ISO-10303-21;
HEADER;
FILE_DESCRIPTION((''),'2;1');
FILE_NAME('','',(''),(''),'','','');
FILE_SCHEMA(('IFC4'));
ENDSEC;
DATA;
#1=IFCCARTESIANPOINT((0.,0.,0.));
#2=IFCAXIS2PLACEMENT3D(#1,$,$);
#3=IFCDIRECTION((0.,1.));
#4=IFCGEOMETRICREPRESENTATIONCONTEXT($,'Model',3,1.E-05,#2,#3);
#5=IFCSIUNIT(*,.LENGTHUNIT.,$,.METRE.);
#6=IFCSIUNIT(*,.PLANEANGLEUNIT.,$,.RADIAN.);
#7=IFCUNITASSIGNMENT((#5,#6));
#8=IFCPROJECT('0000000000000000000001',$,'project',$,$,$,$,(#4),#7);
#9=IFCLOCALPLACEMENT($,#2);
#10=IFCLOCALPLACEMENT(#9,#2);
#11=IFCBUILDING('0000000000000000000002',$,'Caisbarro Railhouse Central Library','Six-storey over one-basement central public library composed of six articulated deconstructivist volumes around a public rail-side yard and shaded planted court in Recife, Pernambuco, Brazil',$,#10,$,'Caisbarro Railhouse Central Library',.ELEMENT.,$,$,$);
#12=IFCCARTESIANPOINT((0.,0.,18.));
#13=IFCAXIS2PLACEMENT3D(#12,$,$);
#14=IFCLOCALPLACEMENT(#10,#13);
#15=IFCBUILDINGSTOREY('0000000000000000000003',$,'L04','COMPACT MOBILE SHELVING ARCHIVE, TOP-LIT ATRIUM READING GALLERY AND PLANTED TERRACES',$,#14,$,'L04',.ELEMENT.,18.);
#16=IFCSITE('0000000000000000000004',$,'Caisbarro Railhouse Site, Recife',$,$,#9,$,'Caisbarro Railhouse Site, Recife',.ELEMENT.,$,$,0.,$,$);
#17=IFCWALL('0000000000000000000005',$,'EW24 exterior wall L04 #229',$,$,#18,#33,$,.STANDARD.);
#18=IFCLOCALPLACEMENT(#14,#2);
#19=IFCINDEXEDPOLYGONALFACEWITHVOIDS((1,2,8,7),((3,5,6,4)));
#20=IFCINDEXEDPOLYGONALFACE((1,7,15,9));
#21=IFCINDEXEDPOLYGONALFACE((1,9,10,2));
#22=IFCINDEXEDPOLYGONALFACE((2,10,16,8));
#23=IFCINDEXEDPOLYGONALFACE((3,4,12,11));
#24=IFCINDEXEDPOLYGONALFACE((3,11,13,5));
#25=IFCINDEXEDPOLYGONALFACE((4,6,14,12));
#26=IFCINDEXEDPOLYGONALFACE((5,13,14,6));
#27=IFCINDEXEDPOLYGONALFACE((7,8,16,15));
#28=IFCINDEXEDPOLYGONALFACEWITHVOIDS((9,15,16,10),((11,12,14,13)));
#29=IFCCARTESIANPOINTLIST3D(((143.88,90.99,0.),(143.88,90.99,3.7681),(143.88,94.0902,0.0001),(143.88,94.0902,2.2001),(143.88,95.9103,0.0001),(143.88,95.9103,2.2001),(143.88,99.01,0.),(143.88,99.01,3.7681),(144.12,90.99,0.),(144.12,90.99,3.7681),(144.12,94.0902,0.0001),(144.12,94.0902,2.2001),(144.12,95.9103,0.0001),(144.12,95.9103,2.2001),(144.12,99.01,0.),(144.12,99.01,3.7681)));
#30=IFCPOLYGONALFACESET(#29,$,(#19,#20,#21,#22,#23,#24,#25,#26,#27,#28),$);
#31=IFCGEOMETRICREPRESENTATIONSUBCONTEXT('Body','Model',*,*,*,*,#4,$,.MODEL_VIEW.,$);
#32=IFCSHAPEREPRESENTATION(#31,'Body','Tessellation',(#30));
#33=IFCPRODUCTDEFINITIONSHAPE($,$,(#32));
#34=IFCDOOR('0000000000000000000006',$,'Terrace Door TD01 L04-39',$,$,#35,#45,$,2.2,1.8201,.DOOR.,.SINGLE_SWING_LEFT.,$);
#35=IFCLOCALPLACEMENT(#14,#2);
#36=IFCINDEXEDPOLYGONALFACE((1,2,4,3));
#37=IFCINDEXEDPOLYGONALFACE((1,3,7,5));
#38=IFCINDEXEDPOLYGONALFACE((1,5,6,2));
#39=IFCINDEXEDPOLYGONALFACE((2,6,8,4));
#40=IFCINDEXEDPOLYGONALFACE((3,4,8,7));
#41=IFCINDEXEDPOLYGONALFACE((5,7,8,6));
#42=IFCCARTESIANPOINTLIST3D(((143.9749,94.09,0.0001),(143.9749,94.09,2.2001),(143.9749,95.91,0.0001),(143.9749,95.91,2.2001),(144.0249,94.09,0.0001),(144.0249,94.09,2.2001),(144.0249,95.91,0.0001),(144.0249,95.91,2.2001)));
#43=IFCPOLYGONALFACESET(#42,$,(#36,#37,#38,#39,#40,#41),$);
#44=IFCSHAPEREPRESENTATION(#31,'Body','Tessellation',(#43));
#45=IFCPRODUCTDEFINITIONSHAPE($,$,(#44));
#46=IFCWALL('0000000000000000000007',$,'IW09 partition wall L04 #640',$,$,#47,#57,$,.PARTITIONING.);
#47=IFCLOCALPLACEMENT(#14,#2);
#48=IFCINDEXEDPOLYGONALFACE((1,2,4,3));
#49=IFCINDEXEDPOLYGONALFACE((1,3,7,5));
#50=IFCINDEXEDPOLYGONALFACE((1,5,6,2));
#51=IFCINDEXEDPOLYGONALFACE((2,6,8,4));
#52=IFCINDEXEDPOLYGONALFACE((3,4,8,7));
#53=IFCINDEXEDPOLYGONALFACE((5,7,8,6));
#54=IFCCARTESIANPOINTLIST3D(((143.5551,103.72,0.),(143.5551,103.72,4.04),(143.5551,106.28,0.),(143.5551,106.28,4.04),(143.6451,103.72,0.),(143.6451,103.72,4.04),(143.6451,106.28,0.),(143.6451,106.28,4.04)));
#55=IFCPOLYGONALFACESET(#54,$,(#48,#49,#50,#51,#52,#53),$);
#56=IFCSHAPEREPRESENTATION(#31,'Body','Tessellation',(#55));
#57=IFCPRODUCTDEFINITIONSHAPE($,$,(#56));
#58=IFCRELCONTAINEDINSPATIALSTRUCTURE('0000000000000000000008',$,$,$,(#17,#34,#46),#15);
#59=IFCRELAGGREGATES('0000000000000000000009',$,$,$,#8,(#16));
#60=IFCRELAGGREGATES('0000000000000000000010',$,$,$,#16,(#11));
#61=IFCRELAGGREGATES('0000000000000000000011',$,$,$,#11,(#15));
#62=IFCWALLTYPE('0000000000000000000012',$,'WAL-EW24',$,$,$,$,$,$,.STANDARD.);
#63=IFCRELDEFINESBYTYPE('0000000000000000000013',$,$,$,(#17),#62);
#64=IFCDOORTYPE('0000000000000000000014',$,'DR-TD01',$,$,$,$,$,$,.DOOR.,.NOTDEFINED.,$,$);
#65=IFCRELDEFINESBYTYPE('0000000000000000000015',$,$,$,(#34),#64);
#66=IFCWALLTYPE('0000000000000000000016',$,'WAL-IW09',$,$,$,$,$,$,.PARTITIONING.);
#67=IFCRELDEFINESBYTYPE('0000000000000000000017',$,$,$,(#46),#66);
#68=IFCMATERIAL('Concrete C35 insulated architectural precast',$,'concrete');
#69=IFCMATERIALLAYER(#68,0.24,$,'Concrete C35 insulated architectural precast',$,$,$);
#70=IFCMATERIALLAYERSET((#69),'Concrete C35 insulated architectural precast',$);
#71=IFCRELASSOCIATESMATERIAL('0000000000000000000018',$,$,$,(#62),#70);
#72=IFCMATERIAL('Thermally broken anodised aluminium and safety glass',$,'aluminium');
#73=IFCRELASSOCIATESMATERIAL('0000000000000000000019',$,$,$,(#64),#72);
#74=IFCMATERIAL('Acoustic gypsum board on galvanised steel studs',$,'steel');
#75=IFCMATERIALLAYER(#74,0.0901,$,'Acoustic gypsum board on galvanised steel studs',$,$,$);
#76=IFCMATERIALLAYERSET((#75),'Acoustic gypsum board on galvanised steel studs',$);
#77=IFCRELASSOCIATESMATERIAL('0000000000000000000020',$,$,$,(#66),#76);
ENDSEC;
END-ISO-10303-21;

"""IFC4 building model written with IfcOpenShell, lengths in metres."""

from ifc_helpers import new_model, si_unit, direction, frame, frame_2d, origin, place, context, subcontext, project, spatial, rectangle, extrude, material, layer, layer_set, type_object, element, fill, save


model = new_model("IFC4")

# Units and contexts
model_context = context("Model", 3, precision=1e-05, world=origin(), true_north=direction((0.0, 1.0)))
body_context = subcontext(model_context, "Body", "Model", "MODEL_VIEW")
ifc_project = project(units=[si_unit("LENGTHUNIT", "METRE"), si_unit("PLANEANGLEUNIT", "RADIAN")], contexts=[model_context])

# Site, building, storey
site_placement = place(None, origin())
site = spatial("IfcSite", under=ifc_project, at=site_placement, Name="Caisbarro Railhouse Site, Recife", LongName="Caisbarro Railhouse Site, Recife", CompositionType="ELEMENT", RefElevation=0.0)
building_placement = place(site_placement, origin())
building = spatial("IfcBuilding", under=site, at=building_placement, Name="Caisbarro Railhouse Central Library", Description="Six-storey over one-basement central public library composed of six articulated deconstructivist volumes around a public rail-side yard and shaded planted court in Recife, Pernambuco, Brazil", LongName="Caisbarro Railhouse Central Library", CompositionType="ELEMENT")
storey_placement = place(building_placement, frame((0.0, 0.0, 18.0)))
storey = spatial("IfcBuildingStorey", under=building, at=storey_placement, Name="L04", Description="COMPACT MOBILE SHELVING ARCHIVE, TOP-LIT ATRIUM READING GALLERY AND PLANTED TERRACES", LongName="L04", CompositionType="ELEMENT", Elevation=18.0)

# Wall, opening, door
ifc_material_1 = material(Name="Concrete C35 insulated architectural precast", Category="concrete")
ifc_layer_1 = layer(ifc_material_1, 0.24, Name="Concrete C35 insulated architectural precast")
ifc_layer_set_1 = layer_set([ifc_layer_1], Name="Concrete C35 insulated architectural precast")
wall_type_1 = type_object("IfcWallType", Name="WAL-EW24", PredefinedType="STANDARD", material=ifc_layer_set_1)
wall_1_placement = place(storey_placement, frame((144.0, 90.99, 0.0), z_axis=(0.0, 0.0, 1.0), x_axis=(0.0, 1.0, 0.0)))
wall_1 = element("IfcWall", 1, at=wall_1_placement, inside=storey, type_object=wall_type_1, Name="EW24 exterior wall L04 #229", PredefinedType="STANDARD", context=body_context, shape_type="SweptSolid", body=[
    extrude(rectangle(XDim=8.02, YDim=0.24, at=frame_2d((4.01, 0.0))), origin(), (0.0, 0.0, 1.0), 3.7681),
])
opening_placement = place(wall_1_placement, frame((3.1001, 0.0, 0.0)))
opening = element("IfcOpeningElement", 2, at=opening_placement, cuts=wall_1, PredefinedType="OPENING", context=body_context, shape_type="SweptSolid", body=[
    extrude(rectangle(XDim=1.8201, YDim=2.2, at=frame_2d((0.9102, 1.1001))), frame((0.0, 0.1299, 0.0), z_axis=(0.0, -1.0, 0.0), x_axis=(1.0, 0.0, 0.0)), (0.0, 0.0, 1.0), 0.26),
])
ifc_material_2 = material(Name="Thermally broken anodised aluminium and safety glass", Category="aluminium")
door_type = type_object("IfcDoorType", Name="DR-TD01", OperationType="NOTDEFINED", PredefinedType="DOOR", material=ifc_material_2)
door_placement = place(opening_placement, frame((1.8201, 0.0, 0.0), z_axis=(0.0, 0.0, 1.0), x_axis=(-1.0, 0.0, 0.0)))
door = element("IfcDoor", 3, at=door_placement, inside=storey, type_object=door_type, Name="Terrace Door TD01 L04-39", OperationType="SINGLE_SWING_LEFT", OverallHeight=2.2, OverallWidth=1.8201, PredefinedType="DOOR", context=body_context, shape_type="SweptSolid", body=[
    extrude(rectangle(XDim=1.8201, YDim=2.2, at=frame_2d((0.9102, 1.1001))), frame((0.0, 0.0249, 0.0), z_axis=(0.0, -1.0, 0.0), x_axis=(1.0, 0.0, 0.0)), (0.0, 0.0, 1.0), 0.05),
])
fill(opening, door)

# Wall
ifc_material_3 = material(Name="Acoustic gypsum board on galvanised steel studs", Category="steel")
ifc_layer_2 = layer(ifc_material_3, 0.0901, Name="Acoustic gypsum board on galvanised steel studs")
ifc_layer_set_2 = layer_set([ifc_layer_2], Name="Acoustic gypsum board on galvanised steel studs")
wall_type_2 = type_object("IfcWallType", Name="WAL-IW09", PredefinedType="PARTITIONING", material=ifc_layer_set_2)
wall_2_placement = place(storey_placement, frame((143.6001, 103.72, 0.0), z_axis=(0.0, 0.0, 1.0), x_axis=(0.0, 1.0, 0.0)))
element("IfcWall", 4, at=wall_2_placement, inside=storey, type_object=wall_type_2, Name="IW09 partition wall L04 #640", PredefinedType="PARTITIONING", context=body_context, shape_type="SweptSolid", body=[
    extrude(rectangle(XDim=2.5601, YDim=0.0901, at=frame_2d((1.28, 0.0))), origin(), (0.0, 0.0, 1.0), 4.04),
])

save(model, "model.ifc")
